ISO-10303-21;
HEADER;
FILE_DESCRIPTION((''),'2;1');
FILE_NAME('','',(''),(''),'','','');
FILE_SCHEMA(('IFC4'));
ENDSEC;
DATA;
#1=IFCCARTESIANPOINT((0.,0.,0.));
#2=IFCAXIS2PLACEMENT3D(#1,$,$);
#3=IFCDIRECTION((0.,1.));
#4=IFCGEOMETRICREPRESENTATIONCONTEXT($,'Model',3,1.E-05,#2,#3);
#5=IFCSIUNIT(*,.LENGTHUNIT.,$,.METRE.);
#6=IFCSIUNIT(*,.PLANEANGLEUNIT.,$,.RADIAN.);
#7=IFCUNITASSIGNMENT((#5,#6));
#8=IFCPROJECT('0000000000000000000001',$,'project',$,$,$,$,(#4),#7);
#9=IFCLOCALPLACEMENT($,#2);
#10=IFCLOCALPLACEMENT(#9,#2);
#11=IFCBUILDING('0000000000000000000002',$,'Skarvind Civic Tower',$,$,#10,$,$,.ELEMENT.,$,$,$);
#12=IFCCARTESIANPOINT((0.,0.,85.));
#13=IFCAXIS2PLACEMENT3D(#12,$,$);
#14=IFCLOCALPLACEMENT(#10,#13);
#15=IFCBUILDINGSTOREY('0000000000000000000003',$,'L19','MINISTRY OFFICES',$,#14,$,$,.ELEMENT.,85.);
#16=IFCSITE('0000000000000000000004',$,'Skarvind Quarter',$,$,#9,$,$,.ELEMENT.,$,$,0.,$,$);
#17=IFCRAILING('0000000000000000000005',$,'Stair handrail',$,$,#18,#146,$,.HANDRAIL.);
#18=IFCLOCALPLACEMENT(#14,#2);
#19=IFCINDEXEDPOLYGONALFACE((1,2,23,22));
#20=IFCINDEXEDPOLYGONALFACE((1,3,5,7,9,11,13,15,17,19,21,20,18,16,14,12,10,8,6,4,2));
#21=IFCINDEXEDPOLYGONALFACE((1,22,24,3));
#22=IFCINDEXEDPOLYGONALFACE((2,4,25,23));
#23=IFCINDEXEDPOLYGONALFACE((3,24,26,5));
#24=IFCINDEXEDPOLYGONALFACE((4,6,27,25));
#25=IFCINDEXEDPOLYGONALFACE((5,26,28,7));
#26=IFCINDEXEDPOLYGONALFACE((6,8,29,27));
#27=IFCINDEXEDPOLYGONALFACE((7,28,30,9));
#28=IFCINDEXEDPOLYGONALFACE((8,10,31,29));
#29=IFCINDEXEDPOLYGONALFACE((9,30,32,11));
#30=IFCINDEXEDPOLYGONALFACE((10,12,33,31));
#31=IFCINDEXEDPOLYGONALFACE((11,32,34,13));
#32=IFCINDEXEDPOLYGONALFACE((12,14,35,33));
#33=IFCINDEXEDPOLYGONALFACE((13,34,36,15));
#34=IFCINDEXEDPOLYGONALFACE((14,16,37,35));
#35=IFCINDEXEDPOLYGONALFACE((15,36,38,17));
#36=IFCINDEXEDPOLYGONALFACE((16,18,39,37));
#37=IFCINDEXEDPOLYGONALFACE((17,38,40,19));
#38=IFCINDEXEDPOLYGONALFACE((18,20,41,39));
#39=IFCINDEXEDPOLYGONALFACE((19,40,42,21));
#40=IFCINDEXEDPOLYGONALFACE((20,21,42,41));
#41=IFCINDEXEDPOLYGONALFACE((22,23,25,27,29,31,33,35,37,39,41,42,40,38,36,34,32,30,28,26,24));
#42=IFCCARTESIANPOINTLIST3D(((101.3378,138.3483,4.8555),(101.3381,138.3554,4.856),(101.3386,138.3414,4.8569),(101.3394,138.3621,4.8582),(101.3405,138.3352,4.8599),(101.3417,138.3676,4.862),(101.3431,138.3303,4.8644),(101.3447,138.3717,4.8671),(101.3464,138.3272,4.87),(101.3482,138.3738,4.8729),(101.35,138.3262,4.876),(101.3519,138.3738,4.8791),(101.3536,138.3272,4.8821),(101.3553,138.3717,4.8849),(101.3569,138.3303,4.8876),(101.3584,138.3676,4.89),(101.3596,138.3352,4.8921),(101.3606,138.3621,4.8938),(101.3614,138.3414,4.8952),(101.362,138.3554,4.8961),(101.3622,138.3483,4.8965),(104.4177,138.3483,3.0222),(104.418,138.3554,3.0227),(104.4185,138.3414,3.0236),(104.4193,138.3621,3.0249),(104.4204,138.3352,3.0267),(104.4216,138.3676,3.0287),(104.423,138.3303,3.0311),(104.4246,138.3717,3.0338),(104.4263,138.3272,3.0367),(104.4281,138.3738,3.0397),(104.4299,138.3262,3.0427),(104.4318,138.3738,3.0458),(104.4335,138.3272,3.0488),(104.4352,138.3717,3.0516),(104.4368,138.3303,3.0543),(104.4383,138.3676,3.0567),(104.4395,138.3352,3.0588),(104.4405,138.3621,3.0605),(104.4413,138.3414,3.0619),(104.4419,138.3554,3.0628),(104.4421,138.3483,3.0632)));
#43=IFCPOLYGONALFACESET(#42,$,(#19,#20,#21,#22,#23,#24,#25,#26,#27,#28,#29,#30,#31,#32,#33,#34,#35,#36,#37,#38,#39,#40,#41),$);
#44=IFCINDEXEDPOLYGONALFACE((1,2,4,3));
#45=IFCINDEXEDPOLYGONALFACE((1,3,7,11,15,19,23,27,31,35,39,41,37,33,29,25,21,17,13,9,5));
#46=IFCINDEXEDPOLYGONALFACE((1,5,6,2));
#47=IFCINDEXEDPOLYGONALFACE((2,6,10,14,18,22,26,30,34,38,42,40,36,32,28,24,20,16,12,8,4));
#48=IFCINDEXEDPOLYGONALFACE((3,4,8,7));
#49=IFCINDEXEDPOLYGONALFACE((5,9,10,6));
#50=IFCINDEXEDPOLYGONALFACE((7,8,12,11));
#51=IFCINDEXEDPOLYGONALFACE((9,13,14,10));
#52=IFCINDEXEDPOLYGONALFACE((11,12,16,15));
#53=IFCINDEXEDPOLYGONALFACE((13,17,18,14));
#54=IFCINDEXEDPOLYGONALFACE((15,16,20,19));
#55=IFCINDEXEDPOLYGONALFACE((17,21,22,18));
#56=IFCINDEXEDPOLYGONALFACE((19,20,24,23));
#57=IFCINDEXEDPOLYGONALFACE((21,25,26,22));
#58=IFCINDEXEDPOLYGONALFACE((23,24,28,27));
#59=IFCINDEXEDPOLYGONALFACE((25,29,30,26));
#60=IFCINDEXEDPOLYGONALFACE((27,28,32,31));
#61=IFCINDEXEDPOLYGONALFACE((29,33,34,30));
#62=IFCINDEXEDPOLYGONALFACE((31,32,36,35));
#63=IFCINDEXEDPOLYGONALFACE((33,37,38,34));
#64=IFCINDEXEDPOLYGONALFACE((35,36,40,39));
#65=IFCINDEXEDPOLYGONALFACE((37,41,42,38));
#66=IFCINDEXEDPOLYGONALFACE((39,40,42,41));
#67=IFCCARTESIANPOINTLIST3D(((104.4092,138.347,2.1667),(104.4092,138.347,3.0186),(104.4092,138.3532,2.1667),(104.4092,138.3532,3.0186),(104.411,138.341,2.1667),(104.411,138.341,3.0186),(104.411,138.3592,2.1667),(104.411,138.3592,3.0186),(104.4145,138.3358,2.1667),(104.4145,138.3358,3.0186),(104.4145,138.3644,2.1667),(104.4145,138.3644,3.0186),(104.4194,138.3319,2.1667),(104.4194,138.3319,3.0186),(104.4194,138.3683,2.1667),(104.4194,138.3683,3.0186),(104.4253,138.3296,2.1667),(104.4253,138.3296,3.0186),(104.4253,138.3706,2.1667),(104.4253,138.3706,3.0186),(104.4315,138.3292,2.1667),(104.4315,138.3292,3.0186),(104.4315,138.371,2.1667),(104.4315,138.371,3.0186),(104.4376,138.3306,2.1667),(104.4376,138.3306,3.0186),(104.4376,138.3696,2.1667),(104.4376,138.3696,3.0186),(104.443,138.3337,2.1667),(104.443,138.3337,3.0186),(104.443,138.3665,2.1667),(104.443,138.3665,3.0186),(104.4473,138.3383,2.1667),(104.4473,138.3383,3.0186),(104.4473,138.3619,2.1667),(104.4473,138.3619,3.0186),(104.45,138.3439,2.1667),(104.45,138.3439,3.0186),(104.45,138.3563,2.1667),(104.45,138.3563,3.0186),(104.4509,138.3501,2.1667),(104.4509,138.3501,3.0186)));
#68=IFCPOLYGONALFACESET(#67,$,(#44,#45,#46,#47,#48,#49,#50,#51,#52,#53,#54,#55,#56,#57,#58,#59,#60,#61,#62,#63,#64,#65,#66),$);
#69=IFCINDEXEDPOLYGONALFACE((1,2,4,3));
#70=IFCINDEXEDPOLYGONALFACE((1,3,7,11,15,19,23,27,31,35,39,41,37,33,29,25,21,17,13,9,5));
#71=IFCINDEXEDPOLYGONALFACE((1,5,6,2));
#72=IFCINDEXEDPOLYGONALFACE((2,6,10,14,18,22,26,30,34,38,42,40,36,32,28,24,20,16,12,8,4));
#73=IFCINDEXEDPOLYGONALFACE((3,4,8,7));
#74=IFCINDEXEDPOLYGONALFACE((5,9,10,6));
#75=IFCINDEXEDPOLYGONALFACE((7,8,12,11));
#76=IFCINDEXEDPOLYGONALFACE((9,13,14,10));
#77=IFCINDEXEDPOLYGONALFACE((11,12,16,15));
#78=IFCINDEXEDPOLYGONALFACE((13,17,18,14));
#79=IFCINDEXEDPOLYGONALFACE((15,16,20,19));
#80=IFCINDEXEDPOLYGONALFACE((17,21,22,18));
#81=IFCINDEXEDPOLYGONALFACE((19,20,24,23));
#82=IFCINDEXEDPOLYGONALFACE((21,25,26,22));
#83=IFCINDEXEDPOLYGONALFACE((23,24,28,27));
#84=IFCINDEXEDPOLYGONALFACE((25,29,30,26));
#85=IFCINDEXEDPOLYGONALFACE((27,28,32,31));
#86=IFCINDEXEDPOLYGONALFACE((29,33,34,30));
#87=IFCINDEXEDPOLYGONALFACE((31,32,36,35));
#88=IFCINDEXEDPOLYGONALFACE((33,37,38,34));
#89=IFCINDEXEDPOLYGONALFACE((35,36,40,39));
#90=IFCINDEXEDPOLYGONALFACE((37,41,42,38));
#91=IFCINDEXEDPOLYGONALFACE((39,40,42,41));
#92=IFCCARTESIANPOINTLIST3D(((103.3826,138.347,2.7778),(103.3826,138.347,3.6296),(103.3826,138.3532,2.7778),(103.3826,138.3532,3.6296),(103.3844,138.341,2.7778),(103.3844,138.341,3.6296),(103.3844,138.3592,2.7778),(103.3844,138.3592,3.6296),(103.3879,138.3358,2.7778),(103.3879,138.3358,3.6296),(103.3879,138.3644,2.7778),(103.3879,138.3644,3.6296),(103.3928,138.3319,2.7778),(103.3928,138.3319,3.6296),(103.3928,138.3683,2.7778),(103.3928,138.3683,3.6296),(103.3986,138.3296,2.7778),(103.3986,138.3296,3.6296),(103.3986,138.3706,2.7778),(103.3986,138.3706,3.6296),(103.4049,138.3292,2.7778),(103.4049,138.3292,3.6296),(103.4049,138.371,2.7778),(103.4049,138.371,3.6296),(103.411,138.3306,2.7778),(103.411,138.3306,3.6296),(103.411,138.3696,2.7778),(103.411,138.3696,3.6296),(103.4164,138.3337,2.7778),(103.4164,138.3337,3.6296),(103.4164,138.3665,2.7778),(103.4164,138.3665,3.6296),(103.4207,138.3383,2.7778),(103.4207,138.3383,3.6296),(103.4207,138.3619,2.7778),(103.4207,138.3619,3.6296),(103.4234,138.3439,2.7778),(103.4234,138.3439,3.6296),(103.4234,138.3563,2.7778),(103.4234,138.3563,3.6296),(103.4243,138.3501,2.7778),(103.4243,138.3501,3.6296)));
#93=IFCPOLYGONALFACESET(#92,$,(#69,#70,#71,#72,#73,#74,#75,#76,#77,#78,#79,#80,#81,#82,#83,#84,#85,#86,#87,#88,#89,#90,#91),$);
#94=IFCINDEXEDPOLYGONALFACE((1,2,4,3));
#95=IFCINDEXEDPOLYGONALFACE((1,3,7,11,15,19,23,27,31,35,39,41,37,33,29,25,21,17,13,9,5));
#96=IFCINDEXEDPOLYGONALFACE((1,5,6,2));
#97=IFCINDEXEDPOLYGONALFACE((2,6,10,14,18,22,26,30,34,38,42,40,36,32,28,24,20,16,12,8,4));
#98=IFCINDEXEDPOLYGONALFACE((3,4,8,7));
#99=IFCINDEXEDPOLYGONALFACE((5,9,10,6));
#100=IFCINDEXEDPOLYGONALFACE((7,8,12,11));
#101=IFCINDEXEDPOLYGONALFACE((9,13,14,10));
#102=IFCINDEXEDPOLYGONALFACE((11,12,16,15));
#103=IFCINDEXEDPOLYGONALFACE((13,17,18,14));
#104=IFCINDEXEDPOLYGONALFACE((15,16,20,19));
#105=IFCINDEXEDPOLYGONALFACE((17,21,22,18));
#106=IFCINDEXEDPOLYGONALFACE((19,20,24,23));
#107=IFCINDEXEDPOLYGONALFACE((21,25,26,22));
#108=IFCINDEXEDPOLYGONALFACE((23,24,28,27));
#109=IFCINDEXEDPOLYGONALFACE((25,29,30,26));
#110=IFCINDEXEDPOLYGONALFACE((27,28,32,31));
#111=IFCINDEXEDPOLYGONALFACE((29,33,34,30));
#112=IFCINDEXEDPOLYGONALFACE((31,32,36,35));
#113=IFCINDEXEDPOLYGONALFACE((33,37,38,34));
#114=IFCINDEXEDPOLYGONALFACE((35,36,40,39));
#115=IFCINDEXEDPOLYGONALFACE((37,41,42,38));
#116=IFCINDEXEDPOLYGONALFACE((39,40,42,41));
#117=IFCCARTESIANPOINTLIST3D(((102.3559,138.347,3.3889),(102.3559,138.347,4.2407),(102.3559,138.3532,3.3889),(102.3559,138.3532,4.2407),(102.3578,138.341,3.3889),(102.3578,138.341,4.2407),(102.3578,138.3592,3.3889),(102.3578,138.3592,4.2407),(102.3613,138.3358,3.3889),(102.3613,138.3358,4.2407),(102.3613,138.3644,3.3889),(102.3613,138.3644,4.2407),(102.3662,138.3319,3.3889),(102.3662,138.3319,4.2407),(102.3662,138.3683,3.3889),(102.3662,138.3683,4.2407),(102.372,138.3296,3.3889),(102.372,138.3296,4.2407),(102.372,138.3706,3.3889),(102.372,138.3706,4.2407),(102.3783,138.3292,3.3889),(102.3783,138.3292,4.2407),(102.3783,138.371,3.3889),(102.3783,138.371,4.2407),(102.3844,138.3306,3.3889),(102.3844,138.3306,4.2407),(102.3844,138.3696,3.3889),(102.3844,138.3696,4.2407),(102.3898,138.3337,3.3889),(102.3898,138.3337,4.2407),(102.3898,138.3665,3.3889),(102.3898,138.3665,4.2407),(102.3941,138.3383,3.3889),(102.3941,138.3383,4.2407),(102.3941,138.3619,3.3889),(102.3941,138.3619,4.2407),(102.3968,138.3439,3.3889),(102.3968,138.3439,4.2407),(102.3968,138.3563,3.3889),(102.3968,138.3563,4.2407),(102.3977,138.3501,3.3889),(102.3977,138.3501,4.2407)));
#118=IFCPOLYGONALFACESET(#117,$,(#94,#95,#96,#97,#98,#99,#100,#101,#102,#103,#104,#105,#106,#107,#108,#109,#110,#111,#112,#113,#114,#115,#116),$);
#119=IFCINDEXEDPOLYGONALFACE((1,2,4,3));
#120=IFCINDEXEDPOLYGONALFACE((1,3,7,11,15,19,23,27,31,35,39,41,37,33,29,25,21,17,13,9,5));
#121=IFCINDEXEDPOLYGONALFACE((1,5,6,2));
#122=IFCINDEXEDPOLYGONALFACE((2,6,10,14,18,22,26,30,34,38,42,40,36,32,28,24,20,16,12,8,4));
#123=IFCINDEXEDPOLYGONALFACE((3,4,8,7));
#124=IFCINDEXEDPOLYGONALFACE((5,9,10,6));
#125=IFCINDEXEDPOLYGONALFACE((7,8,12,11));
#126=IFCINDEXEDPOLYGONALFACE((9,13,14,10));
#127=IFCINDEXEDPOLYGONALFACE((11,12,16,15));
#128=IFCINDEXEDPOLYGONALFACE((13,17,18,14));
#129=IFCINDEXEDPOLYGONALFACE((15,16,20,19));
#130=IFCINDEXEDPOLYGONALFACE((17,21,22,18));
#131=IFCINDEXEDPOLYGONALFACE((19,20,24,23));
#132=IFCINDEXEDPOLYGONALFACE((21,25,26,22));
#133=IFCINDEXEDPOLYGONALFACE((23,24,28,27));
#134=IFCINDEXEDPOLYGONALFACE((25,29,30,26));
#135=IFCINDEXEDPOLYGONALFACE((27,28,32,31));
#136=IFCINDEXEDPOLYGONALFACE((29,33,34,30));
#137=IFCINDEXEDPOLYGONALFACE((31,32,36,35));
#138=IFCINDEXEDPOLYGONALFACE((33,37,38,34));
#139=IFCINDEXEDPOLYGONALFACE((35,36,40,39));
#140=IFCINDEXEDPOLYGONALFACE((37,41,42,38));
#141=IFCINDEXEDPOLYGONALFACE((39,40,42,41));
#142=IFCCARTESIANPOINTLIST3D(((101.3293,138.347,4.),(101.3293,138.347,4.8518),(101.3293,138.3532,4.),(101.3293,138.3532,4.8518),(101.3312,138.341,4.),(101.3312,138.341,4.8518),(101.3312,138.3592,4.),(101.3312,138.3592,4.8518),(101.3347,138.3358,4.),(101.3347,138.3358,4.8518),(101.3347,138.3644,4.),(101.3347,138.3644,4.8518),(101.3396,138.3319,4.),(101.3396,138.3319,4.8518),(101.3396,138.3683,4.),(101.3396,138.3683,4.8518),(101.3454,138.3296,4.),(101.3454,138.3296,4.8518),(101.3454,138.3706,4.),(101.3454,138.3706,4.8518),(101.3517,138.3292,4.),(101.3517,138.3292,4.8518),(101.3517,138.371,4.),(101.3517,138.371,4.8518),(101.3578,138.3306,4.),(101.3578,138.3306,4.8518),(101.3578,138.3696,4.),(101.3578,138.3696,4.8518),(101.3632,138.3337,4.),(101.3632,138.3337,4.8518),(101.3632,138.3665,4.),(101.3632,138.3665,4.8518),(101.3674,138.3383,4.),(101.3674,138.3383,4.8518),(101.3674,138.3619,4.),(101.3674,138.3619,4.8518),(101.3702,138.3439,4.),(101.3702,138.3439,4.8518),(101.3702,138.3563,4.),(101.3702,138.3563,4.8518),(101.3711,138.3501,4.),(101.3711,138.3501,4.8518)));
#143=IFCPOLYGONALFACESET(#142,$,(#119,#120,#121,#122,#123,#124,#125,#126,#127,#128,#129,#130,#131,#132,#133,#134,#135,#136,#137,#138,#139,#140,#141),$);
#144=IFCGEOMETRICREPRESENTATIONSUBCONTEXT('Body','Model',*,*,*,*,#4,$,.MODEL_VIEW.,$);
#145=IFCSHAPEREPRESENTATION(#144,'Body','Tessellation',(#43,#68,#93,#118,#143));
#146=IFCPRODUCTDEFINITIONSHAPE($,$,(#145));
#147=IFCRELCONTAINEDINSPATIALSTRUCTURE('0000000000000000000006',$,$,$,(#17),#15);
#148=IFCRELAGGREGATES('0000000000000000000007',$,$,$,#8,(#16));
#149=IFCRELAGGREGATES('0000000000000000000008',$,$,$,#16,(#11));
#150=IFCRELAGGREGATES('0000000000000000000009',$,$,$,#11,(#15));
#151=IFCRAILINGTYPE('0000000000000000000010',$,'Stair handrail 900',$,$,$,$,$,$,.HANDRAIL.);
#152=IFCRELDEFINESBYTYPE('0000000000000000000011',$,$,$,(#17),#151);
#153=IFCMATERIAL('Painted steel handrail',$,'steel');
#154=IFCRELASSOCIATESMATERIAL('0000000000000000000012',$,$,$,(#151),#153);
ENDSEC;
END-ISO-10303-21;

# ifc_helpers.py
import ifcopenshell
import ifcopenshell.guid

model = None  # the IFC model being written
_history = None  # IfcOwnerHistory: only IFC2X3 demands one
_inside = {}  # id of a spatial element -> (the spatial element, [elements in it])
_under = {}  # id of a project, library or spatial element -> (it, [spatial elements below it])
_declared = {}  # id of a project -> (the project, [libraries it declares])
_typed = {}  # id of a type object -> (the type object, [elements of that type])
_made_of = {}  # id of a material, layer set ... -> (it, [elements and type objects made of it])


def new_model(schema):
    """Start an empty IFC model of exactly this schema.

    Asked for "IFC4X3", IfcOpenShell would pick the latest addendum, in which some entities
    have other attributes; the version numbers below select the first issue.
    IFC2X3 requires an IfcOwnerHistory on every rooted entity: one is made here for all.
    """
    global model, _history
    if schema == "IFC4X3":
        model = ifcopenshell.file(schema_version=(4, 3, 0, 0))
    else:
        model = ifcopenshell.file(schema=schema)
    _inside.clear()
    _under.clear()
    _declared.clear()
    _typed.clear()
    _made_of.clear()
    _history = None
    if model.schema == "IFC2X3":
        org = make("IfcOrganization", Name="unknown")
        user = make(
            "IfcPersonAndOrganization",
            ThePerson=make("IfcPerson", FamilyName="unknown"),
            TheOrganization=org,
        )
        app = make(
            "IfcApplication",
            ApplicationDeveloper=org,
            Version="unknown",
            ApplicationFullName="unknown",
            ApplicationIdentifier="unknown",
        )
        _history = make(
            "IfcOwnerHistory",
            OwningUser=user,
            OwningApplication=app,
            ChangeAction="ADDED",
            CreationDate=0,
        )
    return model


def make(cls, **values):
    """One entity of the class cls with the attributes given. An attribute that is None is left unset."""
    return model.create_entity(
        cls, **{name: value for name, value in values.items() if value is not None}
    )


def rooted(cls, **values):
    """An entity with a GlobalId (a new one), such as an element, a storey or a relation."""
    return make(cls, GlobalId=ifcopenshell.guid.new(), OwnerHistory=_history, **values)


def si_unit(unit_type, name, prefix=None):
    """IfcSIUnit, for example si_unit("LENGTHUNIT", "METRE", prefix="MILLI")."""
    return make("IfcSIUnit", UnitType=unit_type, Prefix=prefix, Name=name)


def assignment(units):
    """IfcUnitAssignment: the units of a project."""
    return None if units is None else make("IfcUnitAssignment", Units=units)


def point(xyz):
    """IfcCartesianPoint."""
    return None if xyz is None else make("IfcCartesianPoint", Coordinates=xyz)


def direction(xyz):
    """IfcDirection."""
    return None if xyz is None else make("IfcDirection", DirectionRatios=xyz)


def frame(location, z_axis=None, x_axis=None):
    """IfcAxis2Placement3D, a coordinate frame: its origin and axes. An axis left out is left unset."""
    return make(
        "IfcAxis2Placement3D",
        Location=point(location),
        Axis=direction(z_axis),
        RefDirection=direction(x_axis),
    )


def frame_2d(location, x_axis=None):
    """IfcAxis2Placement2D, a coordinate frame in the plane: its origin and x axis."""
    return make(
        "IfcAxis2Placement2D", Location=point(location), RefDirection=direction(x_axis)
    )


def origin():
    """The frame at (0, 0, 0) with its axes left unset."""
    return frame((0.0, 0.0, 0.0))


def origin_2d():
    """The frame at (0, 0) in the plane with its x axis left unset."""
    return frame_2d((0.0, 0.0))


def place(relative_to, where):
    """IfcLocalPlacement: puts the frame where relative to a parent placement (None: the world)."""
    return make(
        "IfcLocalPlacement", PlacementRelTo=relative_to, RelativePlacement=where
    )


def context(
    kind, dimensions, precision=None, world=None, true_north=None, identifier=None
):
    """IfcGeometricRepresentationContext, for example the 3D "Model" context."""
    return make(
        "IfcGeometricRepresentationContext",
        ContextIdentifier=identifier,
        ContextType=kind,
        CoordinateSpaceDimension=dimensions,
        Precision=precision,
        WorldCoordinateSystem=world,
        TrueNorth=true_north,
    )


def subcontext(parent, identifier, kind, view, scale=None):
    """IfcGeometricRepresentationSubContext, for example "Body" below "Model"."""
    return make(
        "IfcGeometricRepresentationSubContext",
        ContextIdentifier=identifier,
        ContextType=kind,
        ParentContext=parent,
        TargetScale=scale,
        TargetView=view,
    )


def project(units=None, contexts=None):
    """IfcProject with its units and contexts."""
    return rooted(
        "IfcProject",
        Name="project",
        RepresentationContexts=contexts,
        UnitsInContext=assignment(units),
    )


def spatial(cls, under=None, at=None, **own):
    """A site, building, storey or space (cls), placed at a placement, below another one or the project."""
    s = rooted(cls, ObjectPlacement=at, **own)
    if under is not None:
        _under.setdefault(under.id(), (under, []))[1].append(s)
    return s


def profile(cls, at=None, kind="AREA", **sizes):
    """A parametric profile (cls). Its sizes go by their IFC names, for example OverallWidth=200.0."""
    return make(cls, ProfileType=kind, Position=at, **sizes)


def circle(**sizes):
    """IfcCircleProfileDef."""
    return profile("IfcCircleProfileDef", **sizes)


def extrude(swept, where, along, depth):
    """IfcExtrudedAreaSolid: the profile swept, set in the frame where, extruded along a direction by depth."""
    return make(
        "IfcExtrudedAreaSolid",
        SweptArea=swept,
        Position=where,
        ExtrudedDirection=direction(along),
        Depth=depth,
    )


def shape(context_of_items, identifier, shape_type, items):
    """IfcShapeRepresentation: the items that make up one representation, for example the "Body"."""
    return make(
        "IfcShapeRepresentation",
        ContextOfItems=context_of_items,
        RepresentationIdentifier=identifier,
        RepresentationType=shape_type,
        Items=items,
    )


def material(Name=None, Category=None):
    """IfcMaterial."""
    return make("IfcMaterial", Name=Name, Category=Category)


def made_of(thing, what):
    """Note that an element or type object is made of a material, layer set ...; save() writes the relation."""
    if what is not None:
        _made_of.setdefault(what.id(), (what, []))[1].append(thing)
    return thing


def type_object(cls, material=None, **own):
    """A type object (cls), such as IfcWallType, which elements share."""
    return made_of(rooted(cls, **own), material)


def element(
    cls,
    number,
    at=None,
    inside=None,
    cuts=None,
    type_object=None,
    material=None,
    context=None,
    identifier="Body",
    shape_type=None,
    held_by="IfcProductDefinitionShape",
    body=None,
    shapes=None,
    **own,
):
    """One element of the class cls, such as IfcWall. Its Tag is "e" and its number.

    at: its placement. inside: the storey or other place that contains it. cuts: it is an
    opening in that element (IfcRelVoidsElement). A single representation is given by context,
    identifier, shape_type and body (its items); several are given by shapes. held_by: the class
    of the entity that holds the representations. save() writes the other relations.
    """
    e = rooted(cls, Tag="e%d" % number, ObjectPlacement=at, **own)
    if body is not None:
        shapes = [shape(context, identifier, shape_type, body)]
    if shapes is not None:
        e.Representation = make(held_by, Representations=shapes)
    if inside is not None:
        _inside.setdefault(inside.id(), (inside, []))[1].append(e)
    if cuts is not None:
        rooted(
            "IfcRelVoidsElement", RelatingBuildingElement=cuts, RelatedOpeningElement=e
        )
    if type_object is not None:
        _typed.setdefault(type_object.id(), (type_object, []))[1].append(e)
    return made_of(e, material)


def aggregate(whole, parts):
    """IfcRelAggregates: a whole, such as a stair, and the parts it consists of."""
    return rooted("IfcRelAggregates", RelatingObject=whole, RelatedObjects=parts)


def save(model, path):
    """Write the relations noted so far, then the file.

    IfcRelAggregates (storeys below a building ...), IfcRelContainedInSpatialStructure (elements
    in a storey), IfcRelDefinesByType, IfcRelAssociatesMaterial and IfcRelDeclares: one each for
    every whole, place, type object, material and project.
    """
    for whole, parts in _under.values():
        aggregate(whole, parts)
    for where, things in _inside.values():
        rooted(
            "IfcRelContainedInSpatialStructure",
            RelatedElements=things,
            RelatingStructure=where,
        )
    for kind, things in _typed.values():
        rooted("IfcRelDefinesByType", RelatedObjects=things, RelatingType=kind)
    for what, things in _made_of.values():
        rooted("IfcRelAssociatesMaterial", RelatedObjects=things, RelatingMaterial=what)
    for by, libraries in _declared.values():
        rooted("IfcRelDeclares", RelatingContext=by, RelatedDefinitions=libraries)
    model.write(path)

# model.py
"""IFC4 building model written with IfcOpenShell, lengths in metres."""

from ifc_helpers import new_model, si_unit, direction, frame, origin, origin_2d, place, context, subcontext, project, spatial, circle, extrude, material, type_object, element, save


model = new_model("IFC4")

# Units and contexts
model_context = context("Model", 3, precision=1e-05, world=origin(), true_north=direction((0.0, 1.0)))
body_context = subcontext(model_context, "Body", "Model", "MODEL_VIEW")
ifc_project = project(units=[si_unit("LENGTHUNIT", "METRE"), si_unit("PLANEANGLEUNIT", "RADIAN")], contexts=[model_context])

# Site, building, storey
site_placement = place(None, origin())
site = spatial("IfcSite", under=ifc_project, at=site_placement, Name="Skarvind Quarter", CompositionType="ELEMENT", RefElevation=0.0)
building_placement = place(site_placement, origin())
building = spatial("IfcBuilding", under=site, at=building_placement, Name="Skarvind Civic Tower", CompositionType="ELEMENT")
storey_placement = place(building_placement, frame((0.0, 0.0, 85.0)))
storey = spatial("IfcBuildingStorey", under=building, at=storey_placement, Name="L19", Description="MINISTRY OFFICES", CompositionType="ELEMENT", Elevation=85.0)

# Railing
ifc_material_1 = material(Name="Painted steel handrail", Category="steel")
railing_type = type_object("IfcRailingType", Name="Stair handrail 900", PredefinedType="HANDRAIL", material=ifc_material_1)
railing_1_placement = place(storey_placement, frame((104.4299, 138.3501, 2.1667)))
element("IfcRailing", 1, at=railing_1_placement, inside=storey, type_object=railing_type, Name="Stair handrail", PredefinedType="HANDRAIL", context=body_context, shape_type="SweptSolid", body=[
    extrude(circle(Radius=0.0239, at=origin_2d()), frame((0.0, 0.0, 0.876), z_axis=(-0.859291, 0.0, 0.511487), x_axis=(0.0, -1.0, 0.0)), (0.0, 0.0, 1.0), 3.5842),
    extrude(circle(Radius=0.021, at=origin_2d()), origin(), (0.0, 0.0, 1.0), 0.8518),
    extrude(circle(Radius=0.021, at=origin_2d()), frame((-1.0266, 0.0, 0.6111)), (0.0, 0.0, 1.0), 0.8518),
    extrude(circle(Radius=0.021, at=origin_2d()), frame((-2.0532, 0.0, 1.2222)), (0.0, 0.0, 1.0), 0.8518),
    extrude(circle(Radius=0.021, at=origin_2d()), frame((-3.0798, 0.0, 1.8333)), (0.0, 0.0, 1.0), 0.8518),
])

save(model, "model.ifc")
